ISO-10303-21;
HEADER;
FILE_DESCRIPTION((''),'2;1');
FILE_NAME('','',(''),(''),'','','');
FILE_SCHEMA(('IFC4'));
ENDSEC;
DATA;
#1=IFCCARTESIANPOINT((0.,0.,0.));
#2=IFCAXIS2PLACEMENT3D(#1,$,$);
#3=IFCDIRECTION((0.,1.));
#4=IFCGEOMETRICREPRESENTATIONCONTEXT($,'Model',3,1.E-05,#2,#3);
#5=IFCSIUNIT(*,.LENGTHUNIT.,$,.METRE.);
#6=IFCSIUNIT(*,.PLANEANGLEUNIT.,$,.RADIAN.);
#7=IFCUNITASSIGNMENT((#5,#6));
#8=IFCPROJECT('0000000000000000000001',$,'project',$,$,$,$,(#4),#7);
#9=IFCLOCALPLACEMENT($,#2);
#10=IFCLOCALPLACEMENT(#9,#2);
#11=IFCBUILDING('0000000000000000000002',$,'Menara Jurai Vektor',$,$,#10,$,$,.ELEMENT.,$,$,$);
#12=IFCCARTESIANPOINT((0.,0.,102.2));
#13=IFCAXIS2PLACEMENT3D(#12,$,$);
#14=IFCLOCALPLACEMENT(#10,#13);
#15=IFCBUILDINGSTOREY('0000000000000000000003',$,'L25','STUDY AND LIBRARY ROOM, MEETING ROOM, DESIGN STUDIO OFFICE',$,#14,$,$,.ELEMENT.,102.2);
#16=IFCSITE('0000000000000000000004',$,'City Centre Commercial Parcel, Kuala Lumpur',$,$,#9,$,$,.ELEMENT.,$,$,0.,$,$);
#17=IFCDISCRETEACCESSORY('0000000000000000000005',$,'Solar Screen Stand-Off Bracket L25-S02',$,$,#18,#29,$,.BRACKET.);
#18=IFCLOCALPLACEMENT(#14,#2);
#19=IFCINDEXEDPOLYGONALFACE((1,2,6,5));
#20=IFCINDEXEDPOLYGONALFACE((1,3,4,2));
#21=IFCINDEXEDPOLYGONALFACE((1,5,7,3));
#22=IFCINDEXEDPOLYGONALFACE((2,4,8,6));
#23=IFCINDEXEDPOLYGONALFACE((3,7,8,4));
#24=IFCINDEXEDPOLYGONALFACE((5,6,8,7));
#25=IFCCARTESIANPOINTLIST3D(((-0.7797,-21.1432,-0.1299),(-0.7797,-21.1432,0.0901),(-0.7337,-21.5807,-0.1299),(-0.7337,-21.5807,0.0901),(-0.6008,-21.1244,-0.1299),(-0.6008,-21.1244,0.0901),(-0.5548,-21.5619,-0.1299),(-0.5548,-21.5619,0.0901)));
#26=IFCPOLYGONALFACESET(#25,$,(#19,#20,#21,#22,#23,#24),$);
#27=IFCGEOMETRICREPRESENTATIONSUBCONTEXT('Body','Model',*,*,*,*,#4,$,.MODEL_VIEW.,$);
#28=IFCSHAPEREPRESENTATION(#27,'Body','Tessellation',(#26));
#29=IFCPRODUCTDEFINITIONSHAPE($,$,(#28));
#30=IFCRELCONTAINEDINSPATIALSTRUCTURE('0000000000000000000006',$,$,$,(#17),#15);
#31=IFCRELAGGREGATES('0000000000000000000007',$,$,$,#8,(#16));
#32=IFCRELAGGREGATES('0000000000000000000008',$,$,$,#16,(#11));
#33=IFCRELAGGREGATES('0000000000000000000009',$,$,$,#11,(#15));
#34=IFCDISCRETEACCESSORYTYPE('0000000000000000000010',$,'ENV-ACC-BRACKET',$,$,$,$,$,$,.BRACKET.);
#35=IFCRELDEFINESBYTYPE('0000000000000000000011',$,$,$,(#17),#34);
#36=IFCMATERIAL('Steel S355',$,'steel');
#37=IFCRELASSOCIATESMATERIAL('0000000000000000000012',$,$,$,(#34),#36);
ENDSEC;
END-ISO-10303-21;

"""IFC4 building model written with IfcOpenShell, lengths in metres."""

from ifc_helpers import new_model, si_unit, direction, frame, origin, origin_2d, place, context, subcontext, project, spatial, rectangle, extrude, material, type_object, element, save


model = new_model("IFC4")

# Units and contexts
model_context = context("Model", 3, precision=1e-05, world=origin(), true_north=direction((0.0, 1.0)))
body_context = subcontext(model_context, "Body", "Model", "MODEL_VIEW")
ifc_project = project(units=[si_unit("LENGTHUNIT", "METRE"), si_unit("PLANEANGLEUNIT", "RADIAN")], contexts=[model_context])

# Site, building, storey
site_placement = place(None, origin())
site = spatial("IfcSite", under=ifc_project, at=site_placement, Name="City Centre Commercial Parcel, Kuala Lumpur", CompositionType="ELEMENT", RefElevation=0.0)
building_placement = place(site_placement, origin())
building = spatial("IfcBuilding", under=site, at=building_placement, Name="Menara Jurai Vektor", CompositionType="ELEMENT")
storey_placement = place(building_placement, frame((0.0, 0.0, 102.2)))
storey = spatial("IfcBuildingStorey", under=building, at=storey_placement, Name="L25", Description="STUDY AND LIBRARY ROOM, MEETING ROOM, DESIGN STUDIO OFFICE", CompositionType="ELEMENT", Elevation=102.2)

# Shared definitions
ifc_material_1 = material(Name="Steel S355", Category="steel")

# Discrete accessory
discrete_accessory_type = type_object("IfcDiscreteAccessoryType", Name="ENV-ACC-BRACKET", PredefinedType="BRACKET", material=ifc_material_1)
discrete_accessory_placement = place(storey_placement, frame((-0.6672, -21.3525, -0.1299), z_axis=(0.0, 0.0, 1.0), x_axis=(0.994522, 0.104528, 0.0)))
element("IfcDiscreteAccessory", 1, at=discrete_accessory_placement, inside=storey, type_object=discrete_accessory_type, Name="Solar Screen Stand-Off Bracket L25-S02", PredefinedType="BRACKET", context=body_context, shape_type="SweptSolid", body=[
    extrude(rectangle(XDim=0.1799, YDim=0.4399, at=origin_2d()), origin(), (0.0, 0.0, 1.0), 0.22),
])

save(model, "model.ifc")
